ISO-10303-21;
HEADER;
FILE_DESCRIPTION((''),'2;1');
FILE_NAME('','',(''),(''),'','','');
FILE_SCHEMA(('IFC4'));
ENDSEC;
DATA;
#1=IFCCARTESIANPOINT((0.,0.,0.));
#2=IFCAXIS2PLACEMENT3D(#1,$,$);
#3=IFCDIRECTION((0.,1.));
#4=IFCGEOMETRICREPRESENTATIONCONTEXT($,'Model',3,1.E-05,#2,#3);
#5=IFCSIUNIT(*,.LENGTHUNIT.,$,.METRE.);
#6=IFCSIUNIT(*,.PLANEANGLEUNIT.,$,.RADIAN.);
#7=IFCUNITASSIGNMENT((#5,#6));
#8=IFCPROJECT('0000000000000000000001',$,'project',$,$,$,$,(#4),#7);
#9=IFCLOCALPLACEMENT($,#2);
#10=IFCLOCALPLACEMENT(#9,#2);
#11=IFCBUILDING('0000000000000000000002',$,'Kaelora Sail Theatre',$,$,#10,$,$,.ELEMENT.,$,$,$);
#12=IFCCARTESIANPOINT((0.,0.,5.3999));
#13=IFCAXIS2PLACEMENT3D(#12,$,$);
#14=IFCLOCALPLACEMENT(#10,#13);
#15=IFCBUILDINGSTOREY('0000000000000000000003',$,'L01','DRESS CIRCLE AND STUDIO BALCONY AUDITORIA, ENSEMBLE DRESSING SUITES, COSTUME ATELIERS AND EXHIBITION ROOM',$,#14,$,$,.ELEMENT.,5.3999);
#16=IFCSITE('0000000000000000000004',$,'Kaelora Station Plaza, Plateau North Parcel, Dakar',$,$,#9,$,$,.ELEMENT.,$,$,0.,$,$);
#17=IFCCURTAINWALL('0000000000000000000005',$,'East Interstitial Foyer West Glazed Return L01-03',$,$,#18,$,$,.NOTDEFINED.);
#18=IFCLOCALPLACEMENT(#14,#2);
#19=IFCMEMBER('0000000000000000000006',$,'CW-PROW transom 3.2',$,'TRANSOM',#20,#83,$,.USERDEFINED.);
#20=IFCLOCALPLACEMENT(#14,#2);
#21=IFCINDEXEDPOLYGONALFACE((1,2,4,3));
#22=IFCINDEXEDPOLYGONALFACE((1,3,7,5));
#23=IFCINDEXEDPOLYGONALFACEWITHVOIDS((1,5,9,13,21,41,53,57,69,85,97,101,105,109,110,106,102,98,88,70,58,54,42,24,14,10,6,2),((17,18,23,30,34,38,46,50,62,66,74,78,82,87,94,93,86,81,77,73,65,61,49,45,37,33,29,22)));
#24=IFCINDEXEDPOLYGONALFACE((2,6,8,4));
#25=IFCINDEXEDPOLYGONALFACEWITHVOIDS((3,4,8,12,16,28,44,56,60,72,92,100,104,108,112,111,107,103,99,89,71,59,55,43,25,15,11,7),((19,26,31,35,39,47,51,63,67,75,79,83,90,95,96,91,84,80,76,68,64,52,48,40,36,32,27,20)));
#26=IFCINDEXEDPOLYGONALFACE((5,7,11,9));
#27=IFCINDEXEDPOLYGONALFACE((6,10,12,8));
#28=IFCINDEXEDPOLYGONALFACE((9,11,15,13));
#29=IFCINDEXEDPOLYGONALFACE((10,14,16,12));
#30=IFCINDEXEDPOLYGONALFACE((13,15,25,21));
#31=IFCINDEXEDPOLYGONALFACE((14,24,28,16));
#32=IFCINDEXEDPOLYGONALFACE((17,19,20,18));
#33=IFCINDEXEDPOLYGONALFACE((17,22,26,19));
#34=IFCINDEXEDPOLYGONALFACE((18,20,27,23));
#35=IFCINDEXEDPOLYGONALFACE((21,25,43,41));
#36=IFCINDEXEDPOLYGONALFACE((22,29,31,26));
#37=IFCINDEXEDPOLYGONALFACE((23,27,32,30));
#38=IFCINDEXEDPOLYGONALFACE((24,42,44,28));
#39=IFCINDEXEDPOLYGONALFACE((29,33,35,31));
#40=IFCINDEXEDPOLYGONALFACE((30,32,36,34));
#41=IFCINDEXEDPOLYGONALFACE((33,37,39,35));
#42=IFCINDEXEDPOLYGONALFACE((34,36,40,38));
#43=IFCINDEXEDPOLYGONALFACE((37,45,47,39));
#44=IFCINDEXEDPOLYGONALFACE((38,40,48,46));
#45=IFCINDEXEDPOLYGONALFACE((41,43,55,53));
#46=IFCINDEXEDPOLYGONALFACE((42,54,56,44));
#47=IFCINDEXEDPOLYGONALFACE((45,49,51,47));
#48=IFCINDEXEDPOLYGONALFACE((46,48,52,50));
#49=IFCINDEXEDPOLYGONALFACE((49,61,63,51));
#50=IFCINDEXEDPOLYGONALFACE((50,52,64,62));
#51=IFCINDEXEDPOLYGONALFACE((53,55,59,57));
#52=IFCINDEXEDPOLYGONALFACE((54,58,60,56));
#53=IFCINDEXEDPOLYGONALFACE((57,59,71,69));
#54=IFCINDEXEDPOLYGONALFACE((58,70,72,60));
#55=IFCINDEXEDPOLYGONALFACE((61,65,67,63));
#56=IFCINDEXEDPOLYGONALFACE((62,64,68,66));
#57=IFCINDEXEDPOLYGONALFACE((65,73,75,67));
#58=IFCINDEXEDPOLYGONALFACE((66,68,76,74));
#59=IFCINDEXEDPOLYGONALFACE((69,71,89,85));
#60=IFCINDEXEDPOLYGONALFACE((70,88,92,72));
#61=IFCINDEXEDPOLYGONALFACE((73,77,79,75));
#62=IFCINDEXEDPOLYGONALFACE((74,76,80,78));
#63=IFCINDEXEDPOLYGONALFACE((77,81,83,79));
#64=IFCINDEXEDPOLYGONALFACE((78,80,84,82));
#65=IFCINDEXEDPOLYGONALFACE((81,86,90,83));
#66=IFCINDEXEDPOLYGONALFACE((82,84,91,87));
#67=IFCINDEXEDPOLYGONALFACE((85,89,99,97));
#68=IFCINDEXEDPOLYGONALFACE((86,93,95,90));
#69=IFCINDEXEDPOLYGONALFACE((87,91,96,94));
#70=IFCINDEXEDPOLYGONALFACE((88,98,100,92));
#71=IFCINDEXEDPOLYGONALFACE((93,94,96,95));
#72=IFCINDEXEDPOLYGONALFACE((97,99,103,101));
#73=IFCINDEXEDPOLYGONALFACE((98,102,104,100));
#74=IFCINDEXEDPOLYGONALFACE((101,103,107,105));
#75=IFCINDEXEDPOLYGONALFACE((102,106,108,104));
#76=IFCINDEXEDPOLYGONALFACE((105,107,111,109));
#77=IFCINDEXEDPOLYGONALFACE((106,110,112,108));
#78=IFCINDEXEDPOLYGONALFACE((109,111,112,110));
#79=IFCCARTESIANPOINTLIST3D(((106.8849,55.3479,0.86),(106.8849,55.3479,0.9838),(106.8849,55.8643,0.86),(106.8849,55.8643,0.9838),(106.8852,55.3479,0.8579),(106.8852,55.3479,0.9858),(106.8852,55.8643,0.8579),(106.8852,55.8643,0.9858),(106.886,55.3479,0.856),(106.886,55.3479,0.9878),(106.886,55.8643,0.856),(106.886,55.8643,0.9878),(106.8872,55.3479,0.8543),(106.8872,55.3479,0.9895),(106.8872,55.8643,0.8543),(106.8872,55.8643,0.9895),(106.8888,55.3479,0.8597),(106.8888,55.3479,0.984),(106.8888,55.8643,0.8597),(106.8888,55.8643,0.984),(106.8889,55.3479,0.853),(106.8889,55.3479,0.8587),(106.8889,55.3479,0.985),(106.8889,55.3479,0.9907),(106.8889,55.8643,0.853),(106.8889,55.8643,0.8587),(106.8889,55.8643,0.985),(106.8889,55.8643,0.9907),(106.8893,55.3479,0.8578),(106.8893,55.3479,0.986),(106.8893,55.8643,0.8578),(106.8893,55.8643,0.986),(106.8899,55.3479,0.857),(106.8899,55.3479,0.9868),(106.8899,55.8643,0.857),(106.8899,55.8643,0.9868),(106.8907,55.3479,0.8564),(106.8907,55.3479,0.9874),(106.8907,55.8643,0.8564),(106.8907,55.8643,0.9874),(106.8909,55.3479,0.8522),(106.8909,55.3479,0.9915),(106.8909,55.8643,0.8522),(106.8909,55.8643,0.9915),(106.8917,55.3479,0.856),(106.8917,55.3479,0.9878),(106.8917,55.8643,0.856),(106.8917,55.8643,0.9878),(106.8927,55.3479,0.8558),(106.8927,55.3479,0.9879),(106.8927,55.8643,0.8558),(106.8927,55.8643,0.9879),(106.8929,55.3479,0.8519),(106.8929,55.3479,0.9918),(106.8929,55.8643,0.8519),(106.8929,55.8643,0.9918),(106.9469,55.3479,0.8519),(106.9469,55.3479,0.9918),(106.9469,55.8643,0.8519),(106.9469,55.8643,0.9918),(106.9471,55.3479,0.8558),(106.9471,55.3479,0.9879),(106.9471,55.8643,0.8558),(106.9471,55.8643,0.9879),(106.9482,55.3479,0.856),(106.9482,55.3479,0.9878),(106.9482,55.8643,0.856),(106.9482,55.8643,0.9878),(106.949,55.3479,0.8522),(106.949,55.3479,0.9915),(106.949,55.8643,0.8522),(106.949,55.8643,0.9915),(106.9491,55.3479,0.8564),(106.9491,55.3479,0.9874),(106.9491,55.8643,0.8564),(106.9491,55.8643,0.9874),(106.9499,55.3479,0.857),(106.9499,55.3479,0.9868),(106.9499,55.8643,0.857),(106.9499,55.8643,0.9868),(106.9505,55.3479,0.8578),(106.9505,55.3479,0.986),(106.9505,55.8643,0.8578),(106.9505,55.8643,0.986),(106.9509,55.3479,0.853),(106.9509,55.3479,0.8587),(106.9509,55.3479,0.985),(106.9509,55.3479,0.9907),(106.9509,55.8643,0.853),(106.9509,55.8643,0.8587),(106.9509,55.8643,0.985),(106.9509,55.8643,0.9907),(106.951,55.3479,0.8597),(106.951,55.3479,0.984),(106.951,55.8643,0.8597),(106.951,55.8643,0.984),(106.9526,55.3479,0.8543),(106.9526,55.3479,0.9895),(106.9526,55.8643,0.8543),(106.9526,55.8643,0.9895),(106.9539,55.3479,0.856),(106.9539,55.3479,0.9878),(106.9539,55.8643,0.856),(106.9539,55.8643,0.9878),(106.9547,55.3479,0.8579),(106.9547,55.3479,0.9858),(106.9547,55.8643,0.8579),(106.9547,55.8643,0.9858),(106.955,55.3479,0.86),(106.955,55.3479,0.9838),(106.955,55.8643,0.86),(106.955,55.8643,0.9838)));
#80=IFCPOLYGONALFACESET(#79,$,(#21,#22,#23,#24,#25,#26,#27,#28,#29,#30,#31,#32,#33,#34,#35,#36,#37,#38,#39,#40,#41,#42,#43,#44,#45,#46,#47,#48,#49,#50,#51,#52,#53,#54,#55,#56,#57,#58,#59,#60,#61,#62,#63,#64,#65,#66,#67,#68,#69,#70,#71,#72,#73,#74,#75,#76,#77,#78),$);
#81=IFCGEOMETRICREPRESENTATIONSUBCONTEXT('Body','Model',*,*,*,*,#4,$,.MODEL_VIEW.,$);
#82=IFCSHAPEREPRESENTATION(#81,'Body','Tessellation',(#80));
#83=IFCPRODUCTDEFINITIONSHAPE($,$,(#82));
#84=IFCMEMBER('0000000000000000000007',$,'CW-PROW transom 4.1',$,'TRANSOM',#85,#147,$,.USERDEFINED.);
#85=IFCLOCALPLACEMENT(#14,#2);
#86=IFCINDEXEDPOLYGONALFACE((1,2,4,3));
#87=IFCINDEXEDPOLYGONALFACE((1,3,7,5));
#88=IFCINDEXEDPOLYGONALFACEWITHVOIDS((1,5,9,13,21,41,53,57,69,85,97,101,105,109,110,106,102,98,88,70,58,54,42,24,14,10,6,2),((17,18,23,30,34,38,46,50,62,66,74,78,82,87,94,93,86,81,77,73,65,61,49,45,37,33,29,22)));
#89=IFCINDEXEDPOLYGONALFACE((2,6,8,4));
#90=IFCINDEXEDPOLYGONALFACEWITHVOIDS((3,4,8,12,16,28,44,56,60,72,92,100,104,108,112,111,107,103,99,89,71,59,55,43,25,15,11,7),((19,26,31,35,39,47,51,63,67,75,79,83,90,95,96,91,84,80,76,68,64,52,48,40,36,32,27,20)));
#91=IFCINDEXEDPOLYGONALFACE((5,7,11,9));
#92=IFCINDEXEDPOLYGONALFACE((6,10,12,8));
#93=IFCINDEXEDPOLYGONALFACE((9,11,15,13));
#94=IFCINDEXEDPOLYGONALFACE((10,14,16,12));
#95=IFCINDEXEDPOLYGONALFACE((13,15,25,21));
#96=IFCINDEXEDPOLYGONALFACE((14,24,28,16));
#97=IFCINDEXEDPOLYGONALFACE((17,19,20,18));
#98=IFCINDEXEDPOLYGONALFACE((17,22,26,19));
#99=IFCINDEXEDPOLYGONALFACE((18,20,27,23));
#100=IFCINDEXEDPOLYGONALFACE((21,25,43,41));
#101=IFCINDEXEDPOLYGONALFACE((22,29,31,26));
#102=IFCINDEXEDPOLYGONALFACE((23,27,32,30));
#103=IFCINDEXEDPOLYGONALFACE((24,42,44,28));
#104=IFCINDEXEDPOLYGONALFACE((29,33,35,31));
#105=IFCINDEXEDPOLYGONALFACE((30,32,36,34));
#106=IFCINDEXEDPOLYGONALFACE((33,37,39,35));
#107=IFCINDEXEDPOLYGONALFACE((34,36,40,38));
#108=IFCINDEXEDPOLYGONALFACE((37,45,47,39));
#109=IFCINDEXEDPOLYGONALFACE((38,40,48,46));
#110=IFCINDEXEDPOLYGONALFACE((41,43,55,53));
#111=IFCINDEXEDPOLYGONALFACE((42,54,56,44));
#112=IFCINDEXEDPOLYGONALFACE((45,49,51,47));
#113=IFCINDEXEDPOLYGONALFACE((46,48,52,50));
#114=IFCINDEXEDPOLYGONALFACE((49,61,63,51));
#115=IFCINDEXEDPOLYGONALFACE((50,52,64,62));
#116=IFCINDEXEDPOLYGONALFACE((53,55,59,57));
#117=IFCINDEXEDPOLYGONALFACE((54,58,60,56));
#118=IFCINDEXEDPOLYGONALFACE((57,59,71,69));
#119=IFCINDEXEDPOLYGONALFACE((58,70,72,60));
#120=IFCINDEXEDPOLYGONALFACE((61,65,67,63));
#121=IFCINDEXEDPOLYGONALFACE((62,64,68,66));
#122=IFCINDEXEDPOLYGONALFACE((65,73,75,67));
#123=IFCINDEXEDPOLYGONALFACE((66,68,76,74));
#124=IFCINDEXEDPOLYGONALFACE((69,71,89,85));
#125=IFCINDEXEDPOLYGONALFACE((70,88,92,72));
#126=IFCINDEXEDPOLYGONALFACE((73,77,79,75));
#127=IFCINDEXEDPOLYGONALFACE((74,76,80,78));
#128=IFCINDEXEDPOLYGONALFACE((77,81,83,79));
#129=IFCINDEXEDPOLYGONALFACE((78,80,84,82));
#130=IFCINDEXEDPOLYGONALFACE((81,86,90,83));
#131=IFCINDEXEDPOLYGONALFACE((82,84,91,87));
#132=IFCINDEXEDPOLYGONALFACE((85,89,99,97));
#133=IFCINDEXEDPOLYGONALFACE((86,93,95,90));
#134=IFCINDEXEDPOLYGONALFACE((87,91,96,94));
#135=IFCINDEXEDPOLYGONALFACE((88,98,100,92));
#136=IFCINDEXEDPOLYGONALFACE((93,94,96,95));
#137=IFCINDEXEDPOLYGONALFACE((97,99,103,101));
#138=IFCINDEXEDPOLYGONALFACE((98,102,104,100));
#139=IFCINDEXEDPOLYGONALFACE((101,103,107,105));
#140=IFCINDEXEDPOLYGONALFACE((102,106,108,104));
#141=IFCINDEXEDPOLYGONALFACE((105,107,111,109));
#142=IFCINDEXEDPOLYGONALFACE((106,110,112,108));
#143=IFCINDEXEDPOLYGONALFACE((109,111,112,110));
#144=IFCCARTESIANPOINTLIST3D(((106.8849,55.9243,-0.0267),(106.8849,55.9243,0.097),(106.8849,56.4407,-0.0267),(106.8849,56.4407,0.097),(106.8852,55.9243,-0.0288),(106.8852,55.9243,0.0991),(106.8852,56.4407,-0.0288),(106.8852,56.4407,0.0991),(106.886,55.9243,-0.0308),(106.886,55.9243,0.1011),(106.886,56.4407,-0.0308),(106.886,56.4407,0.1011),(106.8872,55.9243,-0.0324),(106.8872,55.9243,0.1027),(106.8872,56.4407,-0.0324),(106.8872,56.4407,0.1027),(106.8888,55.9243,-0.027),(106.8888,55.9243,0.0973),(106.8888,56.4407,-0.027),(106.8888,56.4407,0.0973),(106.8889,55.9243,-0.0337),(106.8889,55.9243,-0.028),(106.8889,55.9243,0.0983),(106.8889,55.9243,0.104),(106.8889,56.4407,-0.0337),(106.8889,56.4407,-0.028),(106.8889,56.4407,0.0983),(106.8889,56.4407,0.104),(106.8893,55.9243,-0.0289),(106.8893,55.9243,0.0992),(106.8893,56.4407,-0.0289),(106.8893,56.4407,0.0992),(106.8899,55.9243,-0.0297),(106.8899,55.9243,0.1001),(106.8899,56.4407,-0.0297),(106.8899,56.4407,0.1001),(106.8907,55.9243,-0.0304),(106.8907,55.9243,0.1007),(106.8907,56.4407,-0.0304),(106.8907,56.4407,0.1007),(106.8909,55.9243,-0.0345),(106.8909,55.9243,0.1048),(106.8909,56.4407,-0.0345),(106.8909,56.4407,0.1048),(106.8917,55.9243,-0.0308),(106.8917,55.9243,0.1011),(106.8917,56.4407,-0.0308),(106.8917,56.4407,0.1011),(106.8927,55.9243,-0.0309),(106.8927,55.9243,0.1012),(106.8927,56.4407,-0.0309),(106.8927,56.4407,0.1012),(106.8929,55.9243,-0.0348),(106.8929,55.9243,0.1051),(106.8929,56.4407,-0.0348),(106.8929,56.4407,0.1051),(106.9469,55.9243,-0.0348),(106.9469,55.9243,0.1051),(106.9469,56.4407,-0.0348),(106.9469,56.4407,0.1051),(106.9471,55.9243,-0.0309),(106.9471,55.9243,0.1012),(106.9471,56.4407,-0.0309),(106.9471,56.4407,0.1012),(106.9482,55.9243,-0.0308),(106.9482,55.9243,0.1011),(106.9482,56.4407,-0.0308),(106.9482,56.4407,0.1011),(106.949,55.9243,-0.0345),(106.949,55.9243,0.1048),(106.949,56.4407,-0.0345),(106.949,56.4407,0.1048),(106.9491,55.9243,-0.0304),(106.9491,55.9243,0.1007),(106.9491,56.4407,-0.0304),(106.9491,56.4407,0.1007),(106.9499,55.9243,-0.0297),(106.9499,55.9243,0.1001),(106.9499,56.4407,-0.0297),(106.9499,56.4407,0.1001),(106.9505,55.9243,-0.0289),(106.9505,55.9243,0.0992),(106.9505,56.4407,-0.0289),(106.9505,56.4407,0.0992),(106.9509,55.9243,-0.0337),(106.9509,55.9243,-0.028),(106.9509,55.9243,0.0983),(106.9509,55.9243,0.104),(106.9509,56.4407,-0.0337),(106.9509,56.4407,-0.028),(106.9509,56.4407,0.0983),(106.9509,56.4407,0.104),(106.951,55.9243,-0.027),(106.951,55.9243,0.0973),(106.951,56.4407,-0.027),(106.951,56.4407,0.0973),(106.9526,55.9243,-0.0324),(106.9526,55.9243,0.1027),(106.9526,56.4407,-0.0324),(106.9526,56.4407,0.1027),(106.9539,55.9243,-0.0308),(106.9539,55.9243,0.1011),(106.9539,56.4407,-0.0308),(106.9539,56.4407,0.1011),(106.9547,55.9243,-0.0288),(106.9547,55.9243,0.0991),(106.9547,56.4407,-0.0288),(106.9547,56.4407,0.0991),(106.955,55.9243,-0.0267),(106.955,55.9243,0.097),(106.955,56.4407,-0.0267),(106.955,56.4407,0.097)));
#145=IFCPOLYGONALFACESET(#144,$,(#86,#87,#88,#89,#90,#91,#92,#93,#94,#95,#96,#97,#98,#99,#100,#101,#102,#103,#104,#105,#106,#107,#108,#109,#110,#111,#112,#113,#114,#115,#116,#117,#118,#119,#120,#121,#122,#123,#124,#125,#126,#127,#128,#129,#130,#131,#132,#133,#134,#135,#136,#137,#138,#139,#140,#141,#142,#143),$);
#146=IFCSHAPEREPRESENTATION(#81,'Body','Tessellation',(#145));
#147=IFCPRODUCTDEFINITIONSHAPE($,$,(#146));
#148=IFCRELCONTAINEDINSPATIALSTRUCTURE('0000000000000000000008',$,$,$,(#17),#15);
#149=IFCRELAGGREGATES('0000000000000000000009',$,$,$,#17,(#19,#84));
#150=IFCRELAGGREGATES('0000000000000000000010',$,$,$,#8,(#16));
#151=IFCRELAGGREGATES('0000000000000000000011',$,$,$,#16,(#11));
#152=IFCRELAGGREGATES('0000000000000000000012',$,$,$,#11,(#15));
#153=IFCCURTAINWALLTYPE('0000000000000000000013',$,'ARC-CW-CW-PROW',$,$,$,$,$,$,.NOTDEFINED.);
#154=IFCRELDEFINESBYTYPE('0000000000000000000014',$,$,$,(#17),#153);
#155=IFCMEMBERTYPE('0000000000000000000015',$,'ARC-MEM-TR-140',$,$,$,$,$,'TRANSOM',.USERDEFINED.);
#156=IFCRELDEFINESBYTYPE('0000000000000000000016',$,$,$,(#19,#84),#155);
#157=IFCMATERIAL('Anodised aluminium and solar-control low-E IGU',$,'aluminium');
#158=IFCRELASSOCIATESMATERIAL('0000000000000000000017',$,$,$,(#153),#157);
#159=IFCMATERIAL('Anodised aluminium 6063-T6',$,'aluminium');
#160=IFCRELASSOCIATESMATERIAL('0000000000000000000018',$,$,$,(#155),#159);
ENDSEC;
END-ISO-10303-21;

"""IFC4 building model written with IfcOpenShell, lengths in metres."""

from ifc_helpers import new_model, si_unit, direction, frame, origin, origin_2d, place, context, subcontext, project, spatial, hollow_rectangle, extrude, material, material_profile, profile_set, type_object, element, aggregate, save


model = new_model("IFC4")

# Units and contexts
model_context = context("Model", 3, precision=1e-05, world=origin(), true_north=direction((0.0, 1.0)))
body_context = subcontext(model_context, "Body", "Model", "MODEL_VIEW")
ifc_project = project(units=[si_unit("LENGTHUNIT", "METRE"), si_unit("PLANEANGLEUNIT", "RADIAN")], contexts=[model_context])

# Site, building, storey
site_placement = place(None, origin())
site = spatial("IfcSite", under=ifc_project, at=site_placement, Name="Kaelora Station Plaza, Plateau North Parcel, Dakar", CompositionType="ELEMENT", RefElevation=0.0)
building_placement = place(site_placement, origin())
building = spatial("IfcBuilding", under=site, at=building_placement, Name="Kaelora Sail Theatre", CompositionType="ELEMENT")
storey_placement = place(building_placement, frame((0.0, 0.0, 5.3999)))
storey = spatial("IfcBuildingStorey", under=building, at=storey_placement, Name="L01", Description="DRESS CIRCLE AND STUDIO BALCONY AUDITORIA, ENSEMBLE DRESSING SUITES, COSTUME ATELIERS AND EXHIBITION ROOM", CompositionType="ELEMENT", Elevation=5.3999)

# Curtain wall, members
ifc_material_1 = material(Name="Anodised aluminium and solar-control low-E IGU", Category="aluminium")
curtain_wall_type = type_object("IfcCurtainWallType", Name="ARC-CW-CW-PROW", PredefinedType="NOTDEFINED", material=ifc_material_1)
curtain_wall_placement = place(storey_placement, origin())
curtain_wall = element("IfcCurtainWall", 1, at=curtain_wall_placement, inside=storey, type_object=curtain_wall_type, Name="East Interstitial Foyer West Glazed Return L01-03", PredefinedType="NOTDEFINED")
ifc_material_2 = material(Name="Anodised aluminium 6063-T6", Category="aluminium")
ifc_material_profile_1 = material_profile(ifc_material_2, hollow_rectangle(XDim=0.0701, YDim=0.1399, WallThickness=0.0039, InnerFilletRadius=0.0039, OuterFilletRadius=0.0081, at=origin_2d()), Name="ALU-TRAN 70x140x4")
ifc_profile_set_1 = profile_set([ifc_material_profile_1], Name="Anodised aluminium 6063-T6")
member_type_1 = type_object("IfcMemberType", Name="ARC-MEM-TR-140", ElementType="TRANSOM", PredefinedType="USERDEFINED", material=ifc_profile_set_1)
member_1_placement = place(storey_placement, frame((106.9199, 55.3479, 0.9219), z_axis=(0.0, 1.0, 0.0), x_axis=(-1.0, 0.0, 0.0)))
member_1 = element("IfcMember", 2, at=member_1_placement, type_object=member_type_1, Name="CW-PROW transom 3.2", ObjectType="TRANSOM", PredefinedType="USERDEFINED", context=body_context, shape_type="SweptSolid", body=[
    extrude(hollow_rectangle(XDim=0.0701, YDim=0.1399, WallThickness=0.0039, InnerFilletRadius=0.0039, OuterFilletRadius=0.0081, at=origin_2d()), origin(), (0.0, 0.0, 1.0), 0.5164),
])
member_2_placement = place(storey_placement, frame((106.9199, 55.9243, 0.0352), z_axis=(0.0, 1.0, 0.0), x_axis=(-1.0, 0.0, 0.0)))
member_2 = element("IfcMember", 3, at=member_2_placement, type_object=member_type_1, Name="CW-PROW transom 4.1", ObjectType="TRANSOM", PredefinedType="USERDEFINED", context=body_context, shape_type="SweptSolid", body=[
    extrude(hollow_rectangle(XDim=0.0701, YDim=0.1399, WallThickness=0.0039, InnerFilletRadius=0.0039, OuterFilletRadius=0.0081, at=origin_2d()), origin(), (0.0, 0.0, 1.0), 0.5164),
])
aggregate(curtain_wall, [member_1, member_2])

save(model, "model.ifc")
